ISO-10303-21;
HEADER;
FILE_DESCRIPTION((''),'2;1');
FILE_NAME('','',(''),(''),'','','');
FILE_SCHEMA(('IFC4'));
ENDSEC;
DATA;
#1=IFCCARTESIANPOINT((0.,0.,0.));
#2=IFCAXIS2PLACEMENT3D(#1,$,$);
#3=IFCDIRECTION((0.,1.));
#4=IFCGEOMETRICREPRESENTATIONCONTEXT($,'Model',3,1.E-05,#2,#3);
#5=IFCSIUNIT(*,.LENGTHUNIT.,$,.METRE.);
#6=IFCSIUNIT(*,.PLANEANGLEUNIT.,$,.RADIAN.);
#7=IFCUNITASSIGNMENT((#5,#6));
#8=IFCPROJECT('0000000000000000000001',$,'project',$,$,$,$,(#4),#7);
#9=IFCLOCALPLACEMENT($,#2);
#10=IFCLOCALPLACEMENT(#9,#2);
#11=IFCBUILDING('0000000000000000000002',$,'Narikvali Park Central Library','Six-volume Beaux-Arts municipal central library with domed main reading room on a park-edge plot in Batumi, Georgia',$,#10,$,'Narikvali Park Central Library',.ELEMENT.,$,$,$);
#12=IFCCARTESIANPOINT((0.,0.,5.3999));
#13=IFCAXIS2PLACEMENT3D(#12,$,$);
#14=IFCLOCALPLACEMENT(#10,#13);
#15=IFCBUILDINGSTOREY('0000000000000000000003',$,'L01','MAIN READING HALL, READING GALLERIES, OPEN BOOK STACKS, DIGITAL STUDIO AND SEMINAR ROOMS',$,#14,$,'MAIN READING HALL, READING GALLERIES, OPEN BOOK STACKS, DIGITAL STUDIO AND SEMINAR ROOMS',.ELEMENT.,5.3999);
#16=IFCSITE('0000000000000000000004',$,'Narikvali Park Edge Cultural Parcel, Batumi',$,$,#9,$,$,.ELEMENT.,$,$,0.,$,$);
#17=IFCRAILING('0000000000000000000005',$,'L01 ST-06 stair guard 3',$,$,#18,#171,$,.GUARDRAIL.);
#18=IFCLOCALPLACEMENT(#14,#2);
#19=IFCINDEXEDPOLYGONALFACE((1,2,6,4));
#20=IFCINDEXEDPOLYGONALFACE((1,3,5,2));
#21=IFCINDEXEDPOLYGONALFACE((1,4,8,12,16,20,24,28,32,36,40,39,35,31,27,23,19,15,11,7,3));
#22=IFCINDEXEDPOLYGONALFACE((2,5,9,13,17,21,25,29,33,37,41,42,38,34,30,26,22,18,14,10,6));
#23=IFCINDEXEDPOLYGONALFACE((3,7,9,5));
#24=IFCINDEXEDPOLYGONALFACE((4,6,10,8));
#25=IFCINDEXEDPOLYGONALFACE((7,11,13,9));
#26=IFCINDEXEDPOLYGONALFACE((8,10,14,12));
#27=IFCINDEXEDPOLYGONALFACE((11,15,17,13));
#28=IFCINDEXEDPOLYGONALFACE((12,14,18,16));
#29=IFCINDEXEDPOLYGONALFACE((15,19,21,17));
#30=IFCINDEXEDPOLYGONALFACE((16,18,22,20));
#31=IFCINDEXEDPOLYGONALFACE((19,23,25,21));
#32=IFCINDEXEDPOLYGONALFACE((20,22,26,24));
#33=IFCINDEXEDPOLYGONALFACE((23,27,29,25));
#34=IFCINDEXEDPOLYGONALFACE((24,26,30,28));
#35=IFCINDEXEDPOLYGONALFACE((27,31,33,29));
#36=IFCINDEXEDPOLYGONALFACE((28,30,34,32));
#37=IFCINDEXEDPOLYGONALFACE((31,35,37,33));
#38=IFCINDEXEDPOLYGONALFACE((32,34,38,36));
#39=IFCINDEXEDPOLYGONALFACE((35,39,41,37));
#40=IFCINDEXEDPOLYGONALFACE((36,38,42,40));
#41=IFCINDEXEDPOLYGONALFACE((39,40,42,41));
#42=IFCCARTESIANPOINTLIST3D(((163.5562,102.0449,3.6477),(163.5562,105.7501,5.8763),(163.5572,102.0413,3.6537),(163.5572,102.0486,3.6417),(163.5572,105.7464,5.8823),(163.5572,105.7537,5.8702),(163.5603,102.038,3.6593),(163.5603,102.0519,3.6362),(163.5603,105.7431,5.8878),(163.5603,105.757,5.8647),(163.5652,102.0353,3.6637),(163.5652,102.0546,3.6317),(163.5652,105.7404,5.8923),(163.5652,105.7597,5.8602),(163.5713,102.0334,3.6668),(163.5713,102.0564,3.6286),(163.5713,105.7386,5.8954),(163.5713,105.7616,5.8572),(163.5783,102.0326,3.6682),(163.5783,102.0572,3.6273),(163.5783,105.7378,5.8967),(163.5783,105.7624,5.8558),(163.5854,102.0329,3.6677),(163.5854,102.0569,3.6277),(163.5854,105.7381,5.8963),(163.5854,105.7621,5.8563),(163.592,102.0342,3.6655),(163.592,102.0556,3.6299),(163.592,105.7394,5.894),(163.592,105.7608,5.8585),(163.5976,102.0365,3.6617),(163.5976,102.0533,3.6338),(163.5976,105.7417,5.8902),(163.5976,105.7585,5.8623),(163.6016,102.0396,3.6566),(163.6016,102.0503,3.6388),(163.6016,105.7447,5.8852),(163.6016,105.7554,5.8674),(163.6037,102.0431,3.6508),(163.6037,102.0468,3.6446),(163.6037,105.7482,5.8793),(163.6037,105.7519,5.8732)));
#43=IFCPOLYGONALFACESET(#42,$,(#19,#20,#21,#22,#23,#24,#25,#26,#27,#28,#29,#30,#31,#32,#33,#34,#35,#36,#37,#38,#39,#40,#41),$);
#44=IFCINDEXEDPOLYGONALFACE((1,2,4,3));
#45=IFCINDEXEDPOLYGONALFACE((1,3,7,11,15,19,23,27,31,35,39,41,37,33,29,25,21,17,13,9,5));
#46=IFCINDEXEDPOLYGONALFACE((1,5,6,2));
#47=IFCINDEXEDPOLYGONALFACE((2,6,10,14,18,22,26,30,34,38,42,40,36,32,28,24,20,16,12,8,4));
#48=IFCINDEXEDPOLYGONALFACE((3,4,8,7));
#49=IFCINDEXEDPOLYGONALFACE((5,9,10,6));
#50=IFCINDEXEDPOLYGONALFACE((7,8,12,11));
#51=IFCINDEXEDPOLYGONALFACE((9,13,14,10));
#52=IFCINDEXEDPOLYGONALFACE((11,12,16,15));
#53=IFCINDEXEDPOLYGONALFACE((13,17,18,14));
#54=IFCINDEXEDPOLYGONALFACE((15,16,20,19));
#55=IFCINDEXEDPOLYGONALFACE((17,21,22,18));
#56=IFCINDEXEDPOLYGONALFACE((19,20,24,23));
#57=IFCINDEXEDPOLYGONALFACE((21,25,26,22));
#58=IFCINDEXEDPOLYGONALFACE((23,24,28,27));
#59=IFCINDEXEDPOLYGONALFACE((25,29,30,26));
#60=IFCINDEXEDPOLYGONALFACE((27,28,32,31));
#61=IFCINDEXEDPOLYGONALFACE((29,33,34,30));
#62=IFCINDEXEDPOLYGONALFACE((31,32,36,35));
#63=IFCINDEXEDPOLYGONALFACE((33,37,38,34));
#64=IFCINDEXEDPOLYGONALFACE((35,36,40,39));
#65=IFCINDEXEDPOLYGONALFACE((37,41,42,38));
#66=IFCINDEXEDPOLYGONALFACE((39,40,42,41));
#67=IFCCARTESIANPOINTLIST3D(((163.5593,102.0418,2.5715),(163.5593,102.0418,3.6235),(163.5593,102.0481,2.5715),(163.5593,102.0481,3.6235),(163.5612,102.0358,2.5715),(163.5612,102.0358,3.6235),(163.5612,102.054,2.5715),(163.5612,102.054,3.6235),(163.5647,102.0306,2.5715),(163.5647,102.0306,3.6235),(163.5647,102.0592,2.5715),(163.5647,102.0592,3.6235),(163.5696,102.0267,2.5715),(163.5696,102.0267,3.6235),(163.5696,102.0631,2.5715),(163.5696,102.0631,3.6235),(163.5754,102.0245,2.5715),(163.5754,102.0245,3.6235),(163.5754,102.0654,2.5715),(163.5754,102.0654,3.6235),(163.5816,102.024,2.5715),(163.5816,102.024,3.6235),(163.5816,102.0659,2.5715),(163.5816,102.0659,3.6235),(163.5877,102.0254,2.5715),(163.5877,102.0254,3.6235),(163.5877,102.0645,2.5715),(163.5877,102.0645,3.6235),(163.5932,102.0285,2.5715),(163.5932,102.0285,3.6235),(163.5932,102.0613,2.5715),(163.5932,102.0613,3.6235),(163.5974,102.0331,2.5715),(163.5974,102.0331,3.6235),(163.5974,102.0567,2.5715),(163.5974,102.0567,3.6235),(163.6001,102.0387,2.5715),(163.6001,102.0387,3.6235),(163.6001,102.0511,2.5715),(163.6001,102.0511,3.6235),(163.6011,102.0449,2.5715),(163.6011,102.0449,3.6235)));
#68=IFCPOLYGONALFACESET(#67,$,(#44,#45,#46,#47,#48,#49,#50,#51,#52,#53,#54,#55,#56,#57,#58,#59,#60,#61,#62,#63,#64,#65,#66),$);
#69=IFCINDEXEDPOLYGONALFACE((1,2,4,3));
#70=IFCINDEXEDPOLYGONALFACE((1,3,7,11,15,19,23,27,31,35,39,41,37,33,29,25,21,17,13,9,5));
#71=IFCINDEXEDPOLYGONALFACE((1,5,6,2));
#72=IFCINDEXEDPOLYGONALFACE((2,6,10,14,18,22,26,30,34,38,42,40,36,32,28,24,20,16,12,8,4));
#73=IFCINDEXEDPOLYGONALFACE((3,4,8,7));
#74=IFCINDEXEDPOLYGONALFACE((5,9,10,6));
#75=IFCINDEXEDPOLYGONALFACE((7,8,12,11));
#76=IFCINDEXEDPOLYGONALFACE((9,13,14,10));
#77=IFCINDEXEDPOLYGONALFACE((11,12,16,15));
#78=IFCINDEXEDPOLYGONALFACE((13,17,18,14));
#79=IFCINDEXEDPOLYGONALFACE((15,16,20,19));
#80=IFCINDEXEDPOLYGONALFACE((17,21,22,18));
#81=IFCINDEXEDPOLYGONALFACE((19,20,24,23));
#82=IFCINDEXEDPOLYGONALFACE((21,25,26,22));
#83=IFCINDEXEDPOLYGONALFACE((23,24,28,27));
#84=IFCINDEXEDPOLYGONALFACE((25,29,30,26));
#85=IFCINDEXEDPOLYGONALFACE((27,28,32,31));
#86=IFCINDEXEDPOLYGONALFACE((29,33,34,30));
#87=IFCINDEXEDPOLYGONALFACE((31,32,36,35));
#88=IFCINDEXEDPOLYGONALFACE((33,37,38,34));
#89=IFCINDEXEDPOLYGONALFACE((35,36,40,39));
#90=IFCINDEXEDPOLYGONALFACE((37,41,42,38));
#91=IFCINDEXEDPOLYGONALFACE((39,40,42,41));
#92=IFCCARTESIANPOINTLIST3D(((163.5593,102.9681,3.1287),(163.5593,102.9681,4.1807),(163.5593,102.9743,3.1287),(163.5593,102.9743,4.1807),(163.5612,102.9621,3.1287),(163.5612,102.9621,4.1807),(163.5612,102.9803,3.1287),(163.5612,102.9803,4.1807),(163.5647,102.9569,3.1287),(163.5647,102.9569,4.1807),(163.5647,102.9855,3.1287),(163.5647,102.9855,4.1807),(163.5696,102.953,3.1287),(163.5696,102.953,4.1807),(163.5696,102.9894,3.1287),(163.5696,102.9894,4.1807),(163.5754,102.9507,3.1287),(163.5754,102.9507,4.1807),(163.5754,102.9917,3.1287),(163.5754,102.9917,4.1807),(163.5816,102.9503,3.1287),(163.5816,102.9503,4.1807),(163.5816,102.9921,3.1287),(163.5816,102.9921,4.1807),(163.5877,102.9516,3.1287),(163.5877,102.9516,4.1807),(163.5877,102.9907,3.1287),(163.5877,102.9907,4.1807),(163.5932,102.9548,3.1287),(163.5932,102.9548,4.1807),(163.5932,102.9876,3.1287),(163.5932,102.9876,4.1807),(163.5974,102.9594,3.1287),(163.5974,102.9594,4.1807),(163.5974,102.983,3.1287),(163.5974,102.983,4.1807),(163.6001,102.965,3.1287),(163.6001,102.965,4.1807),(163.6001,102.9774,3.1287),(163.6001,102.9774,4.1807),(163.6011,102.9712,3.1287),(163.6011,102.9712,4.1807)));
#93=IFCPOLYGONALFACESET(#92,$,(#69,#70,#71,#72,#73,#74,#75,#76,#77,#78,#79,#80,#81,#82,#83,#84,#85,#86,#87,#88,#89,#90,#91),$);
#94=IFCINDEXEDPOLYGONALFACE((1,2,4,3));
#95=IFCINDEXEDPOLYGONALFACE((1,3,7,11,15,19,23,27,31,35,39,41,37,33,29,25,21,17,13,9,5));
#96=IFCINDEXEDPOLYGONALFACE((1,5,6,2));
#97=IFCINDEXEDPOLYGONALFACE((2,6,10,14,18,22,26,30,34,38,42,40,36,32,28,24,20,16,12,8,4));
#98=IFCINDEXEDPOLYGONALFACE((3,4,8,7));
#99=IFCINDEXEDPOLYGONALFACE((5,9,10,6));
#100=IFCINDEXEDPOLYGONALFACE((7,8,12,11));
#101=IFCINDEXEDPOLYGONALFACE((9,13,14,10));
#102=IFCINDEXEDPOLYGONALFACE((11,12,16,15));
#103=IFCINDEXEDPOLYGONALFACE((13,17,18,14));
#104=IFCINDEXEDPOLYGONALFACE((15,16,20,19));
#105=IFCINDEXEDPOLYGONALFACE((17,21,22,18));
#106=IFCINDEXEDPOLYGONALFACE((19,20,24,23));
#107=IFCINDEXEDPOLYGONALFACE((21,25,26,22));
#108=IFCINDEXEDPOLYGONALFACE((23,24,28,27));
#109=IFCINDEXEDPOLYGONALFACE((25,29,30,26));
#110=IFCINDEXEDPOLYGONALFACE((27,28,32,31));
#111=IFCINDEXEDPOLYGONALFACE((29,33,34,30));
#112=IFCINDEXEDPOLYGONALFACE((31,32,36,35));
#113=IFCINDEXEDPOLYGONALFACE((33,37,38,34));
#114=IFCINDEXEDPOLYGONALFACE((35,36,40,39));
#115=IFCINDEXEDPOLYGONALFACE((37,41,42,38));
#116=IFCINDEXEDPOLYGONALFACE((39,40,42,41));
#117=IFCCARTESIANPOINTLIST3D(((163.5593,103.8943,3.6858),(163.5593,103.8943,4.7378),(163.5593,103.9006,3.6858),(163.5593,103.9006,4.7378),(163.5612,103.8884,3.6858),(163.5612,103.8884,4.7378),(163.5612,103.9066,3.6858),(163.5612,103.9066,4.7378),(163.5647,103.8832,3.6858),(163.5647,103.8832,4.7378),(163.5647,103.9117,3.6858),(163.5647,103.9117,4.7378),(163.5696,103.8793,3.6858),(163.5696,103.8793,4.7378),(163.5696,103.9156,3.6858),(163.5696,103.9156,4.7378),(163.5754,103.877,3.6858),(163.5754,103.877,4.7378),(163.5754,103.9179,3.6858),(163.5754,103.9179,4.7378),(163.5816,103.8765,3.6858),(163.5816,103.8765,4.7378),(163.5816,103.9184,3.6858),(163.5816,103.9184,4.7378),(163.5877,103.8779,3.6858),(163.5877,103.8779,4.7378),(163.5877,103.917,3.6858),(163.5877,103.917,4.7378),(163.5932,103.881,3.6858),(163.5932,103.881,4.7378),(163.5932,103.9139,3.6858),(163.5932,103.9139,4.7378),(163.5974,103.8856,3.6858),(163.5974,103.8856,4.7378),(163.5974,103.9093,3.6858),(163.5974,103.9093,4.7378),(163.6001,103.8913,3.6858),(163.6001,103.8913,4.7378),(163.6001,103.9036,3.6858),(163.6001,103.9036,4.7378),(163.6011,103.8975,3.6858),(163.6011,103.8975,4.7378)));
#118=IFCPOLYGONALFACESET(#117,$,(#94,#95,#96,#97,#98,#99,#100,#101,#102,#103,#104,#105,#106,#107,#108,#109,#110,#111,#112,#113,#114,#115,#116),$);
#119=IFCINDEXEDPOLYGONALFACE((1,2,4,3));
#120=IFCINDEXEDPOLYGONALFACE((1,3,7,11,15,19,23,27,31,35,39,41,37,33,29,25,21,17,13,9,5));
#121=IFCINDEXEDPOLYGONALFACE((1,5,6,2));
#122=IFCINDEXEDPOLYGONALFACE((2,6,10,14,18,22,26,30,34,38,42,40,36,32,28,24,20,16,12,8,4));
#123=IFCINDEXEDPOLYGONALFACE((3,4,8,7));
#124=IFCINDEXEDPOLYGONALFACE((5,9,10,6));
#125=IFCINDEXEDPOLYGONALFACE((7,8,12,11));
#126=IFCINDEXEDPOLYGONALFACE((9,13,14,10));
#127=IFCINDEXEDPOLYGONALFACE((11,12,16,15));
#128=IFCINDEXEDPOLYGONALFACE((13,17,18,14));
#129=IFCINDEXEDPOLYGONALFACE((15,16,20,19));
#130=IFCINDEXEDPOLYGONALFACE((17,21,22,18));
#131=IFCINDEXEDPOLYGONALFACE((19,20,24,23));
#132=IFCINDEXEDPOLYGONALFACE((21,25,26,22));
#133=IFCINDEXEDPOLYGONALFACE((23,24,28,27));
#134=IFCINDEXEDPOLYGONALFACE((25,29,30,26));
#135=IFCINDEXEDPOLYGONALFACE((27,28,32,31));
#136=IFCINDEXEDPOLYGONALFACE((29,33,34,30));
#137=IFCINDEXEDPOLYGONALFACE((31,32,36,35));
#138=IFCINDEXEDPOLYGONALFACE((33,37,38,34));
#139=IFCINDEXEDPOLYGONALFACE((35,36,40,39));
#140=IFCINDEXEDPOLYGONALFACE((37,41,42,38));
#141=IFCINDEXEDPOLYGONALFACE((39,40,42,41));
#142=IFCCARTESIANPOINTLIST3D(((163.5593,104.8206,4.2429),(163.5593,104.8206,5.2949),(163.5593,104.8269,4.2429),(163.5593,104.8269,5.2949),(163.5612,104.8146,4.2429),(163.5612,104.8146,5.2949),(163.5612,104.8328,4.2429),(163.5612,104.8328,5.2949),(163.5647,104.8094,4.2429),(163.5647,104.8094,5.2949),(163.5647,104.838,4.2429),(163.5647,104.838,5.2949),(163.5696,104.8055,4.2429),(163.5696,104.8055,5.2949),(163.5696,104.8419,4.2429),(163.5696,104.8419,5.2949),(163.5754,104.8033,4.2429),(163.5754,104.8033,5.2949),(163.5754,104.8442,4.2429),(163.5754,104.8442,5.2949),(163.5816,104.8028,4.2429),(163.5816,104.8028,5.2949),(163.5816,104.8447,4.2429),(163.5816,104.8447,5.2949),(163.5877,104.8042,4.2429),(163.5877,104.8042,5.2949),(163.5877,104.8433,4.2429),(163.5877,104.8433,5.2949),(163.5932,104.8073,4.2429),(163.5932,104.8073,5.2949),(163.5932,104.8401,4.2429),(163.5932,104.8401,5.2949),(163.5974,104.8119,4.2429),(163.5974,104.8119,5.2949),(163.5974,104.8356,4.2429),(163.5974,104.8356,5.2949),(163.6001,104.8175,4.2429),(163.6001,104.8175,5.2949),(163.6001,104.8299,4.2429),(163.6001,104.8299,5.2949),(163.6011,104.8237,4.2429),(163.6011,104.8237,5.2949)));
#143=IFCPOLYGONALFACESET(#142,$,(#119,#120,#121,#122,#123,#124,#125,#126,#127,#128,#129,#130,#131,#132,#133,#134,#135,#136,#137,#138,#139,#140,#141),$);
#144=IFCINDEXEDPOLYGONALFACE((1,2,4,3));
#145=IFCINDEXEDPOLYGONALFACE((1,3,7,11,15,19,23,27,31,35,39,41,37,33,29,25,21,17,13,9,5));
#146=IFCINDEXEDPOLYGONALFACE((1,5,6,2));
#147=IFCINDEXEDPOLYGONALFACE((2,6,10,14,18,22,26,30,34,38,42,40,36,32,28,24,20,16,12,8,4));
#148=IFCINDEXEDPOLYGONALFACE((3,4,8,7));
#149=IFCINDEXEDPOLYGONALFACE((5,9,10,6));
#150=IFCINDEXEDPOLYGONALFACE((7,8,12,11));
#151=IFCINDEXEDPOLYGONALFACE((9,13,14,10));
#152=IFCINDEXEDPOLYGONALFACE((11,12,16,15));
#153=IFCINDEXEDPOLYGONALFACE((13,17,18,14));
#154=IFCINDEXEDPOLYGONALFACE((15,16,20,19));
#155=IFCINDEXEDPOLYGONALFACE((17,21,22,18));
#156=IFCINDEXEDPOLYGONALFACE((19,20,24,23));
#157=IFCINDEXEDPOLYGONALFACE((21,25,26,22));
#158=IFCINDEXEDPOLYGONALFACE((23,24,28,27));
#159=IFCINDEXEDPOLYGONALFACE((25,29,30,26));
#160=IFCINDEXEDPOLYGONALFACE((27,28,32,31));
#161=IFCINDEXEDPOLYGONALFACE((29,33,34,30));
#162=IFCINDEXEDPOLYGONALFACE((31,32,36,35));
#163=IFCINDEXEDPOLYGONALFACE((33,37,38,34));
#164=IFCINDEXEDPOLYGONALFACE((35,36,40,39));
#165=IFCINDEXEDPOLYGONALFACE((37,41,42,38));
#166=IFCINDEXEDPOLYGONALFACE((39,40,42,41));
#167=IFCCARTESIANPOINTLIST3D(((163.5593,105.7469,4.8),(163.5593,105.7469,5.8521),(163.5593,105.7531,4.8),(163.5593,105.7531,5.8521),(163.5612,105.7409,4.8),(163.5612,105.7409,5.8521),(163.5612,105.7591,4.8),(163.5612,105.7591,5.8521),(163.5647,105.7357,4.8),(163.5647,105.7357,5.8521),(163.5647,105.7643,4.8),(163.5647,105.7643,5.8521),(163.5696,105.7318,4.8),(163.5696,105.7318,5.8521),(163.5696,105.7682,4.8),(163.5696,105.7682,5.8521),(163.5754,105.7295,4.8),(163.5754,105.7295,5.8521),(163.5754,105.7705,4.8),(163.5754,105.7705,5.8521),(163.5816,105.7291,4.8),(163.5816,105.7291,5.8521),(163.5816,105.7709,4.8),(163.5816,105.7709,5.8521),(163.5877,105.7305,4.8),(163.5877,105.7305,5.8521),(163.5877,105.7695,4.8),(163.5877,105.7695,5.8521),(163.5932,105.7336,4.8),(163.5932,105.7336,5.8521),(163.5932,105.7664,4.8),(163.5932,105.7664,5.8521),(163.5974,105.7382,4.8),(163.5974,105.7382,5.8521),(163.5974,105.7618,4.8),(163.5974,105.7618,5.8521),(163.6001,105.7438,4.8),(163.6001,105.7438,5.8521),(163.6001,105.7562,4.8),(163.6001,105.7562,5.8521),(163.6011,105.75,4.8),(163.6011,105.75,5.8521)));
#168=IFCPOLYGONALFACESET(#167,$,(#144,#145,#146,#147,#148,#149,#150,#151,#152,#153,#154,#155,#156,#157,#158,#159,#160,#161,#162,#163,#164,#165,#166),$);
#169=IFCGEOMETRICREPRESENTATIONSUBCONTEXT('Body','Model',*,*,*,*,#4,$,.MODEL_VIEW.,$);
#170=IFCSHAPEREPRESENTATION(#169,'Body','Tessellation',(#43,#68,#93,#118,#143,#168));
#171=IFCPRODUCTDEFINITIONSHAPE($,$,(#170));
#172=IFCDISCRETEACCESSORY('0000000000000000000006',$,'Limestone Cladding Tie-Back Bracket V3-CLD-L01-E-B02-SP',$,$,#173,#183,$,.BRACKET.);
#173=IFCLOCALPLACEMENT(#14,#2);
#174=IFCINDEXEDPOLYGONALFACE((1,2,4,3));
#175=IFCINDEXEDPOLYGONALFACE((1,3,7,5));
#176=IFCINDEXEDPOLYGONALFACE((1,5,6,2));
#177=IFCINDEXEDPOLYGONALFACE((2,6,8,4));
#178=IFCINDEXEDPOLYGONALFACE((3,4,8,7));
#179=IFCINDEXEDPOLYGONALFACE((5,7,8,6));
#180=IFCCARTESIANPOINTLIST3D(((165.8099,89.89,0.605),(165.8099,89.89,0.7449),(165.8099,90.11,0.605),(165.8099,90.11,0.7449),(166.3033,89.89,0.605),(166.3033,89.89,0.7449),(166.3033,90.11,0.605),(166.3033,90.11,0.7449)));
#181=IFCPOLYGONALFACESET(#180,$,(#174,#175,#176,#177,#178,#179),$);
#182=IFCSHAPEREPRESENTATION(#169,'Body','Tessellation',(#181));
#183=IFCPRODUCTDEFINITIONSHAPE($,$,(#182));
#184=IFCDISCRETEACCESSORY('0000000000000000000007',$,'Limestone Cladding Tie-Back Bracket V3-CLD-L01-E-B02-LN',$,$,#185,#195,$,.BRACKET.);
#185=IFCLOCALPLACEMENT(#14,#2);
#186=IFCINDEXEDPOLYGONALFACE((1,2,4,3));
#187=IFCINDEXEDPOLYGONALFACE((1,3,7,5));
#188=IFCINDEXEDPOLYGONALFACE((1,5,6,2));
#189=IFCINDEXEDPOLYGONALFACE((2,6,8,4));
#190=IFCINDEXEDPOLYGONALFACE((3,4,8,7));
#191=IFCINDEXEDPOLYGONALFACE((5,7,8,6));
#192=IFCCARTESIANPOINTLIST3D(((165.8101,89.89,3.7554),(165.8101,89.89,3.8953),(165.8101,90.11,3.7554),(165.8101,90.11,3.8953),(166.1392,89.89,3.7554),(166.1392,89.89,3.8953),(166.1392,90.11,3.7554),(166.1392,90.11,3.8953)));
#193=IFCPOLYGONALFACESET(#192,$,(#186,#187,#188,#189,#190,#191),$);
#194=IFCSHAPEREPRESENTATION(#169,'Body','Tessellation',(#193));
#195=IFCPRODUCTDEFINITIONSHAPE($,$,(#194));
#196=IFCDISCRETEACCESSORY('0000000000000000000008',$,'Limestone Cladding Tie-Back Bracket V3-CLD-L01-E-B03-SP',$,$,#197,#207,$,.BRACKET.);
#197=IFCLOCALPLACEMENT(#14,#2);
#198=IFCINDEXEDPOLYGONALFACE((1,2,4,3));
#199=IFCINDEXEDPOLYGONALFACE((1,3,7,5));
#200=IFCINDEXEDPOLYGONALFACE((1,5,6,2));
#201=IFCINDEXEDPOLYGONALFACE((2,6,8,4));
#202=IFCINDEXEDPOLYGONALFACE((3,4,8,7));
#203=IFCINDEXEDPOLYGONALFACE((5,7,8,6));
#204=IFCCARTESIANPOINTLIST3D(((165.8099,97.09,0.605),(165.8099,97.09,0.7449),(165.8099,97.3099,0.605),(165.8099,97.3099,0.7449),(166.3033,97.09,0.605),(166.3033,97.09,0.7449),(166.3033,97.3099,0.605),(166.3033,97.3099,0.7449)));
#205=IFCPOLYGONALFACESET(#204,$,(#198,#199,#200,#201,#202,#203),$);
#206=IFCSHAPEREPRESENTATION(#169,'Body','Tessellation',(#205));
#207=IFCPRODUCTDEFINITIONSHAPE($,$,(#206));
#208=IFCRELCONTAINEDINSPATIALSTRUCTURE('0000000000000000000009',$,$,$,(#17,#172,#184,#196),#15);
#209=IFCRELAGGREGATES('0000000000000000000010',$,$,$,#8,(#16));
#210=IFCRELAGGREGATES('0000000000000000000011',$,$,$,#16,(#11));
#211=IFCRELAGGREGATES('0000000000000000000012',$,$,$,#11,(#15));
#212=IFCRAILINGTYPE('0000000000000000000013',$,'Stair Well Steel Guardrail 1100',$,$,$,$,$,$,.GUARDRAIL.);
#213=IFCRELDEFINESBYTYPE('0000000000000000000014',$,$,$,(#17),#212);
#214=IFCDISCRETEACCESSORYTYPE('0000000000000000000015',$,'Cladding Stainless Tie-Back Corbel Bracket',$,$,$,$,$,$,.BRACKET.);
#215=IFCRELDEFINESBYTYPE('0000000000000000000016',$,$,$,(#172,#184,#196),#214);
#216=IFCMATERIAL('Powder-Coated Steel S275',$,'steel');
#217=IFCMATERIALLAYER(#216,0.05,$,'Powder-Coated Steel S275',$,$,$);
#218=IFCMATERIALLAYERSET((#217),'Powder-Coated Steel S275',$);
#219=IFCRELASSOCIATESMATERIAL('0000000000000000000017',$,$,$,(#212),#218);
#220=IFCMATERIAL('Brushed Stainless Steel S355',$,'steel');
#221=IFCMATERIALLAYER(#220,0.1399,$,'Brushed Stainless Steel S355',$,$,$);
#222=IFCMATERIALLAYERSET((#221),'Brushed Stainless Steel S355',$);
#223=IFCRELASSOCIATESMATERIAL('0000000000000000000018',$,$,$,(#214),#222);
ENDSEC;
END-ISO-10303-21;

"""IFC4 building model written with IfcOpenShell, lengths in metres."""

from ifc_helpers import new_model, si_unit, direction, frame, origin, origin_2d, place, context, subcontext, project, spatial, rectangle, circle, extrude, material, layer, layer_set, type_object, element, save


model = new_model("IFC4")

# Units and contexts
model_context = context("Model", 3, precision=1e-05, world=origin(), true_north=direction((0.0, 1.0)))
body_context = subcontext(model_context, "Body", "Model", "MODEL_VIEW")
ifc_project = project(units=[si_unit("LENGTHUNIT", "METRE"), si_unit("PLANEANGLEUNIT", "RADIAN")], contexts=[model_context])

# Site, building, storey
site_placement = place(None, origin())
site = spatial("IfcSite", under=ifc_project, at=site_placement, Name="Narikvali Park Edge Cultural Parcel, Batumi", CompositionType="ELEMENT", RefElevation=0.0)
building_placement = place(site_placement, origin())
building = spatial("IfcBuilding", under=site, at=building_placement, Name="Narikvali Park Central Library", Description="Six-volume Beaux-Arts municipal central library with domed main reading room on a park-edge plot in Batumi, Georgia", LongName="Narikvali Park Central Library", CompositionType="ELEMENT")
storey_placement = place(building_placement, frame((0.0, 0.0, 5.3999)))
storey = spatial("IfcBuildingStorey", under=building, at=storey_placement, Name="L01", Description="MAIN READING HALL, READING GALLERIES, OPEN BOOK STACKS, DIGITAL STUDIO AND SEMINAR ROOMS", LongName="MAIN READING HALL, READING GALLERIES, OPEN BOOK STACKS, DIGITAL STUDIO AND SEMINAR ROOMS", CompositionType="ELEMENT", Elevation=5.3999)

# Railing
ifc_material_1 = material(Name="Brushed Stainless Steel S355", Category="steel")
ifc_material_2 = material(Name="Powder-Coated Steel S275", Category="steel")
ifc_layer_1 = layer(ifc_material_2, 0.05, Name="Powder-Coated Steel S275")
ifc_layer_set_1 = layer_set([ifc_layer_1], Name="Powder-Coated Steel S275")
railing_type_1 = type_object("IfcRailingType", Name="Stair Well Steel Guardrail 1100", PredefinedType="GUARDRAIL", material=ifc_layer_set_1)
railing_1_placement = place(storey_placement, frame((163.5801, 102.0449, 2.5715)))
element("IfcRailing", 1, at=railing_1_placement, inside=storey, type_object=railing_type_1, Name="L01 ST-06 stair guard 3", PredefinedType="GUARDRAIL", context=body_context, shape_type="SweptSolid", body=[
    extrude(circle(Radius=0.0239, at=origin_2d()), frame((0.0, 0.0, 1.0762), z_axis=(0.0, 0.856934, 0.515425), x_axis=(-1.0, 0.0, 0.0)), (0.0, 0.0, 1.0), 4.3237),
    extrude(circle(Radius=0.021, at=origin_2d()), origin(), (0.0, 0.0, 1.0), 1.052),
    extrude(circle(Radius=0.021, at=origin_2d()), frame((0.0, 0.9263, 0.5571)), (0.0, 0.0, 1.0), 1.052),
    extrude(circle(Radius=0.021, at=origin_2d()), frame((0.0, 1.8525, 1.1143)), (0.0, 0.0, 1.0), 1.052),
    extrude(circle(Radius=0.021, at=origin_2d()), frame((0.0, 2.7788, 1.6714)), (0.0, 0.0, 1.0), 1.052),
    extrude(circle(Radius=0.021, at=origin_2d()), frame((0.0, 3.7051, 2.2285)), (0.0, 0.0, 1.0), 1.052),
])

# Discrete accessories
ifc_layer_2 = layer(ifc_material_1, 0.1399, Name="Brushed Stainless Steel S355")
ifc_layer_set_2 = layer_set([ifc_layer_2], Name="Brushed Stainless Steel S355")
discrete_accessory_type = type_object("IfcDiscreteAccessoryType", Name="Cladding Stainless Tie-Back Corbel Bracket", PredefinedType="BRACKET", material=ifc_layer_set_2)
discrete_accessory_1_placement = place(storey_placement, frame((166.0566, 90.0, 0.605), z_axis=(0.0, 0.0, 1.0), x_axis=(1.0, 0.0, 0.0)))
element("IfcDiscreteAccessory", 2, at=discrete_accessory_1_placement, inside=storey, type_object=discrete_accessory_type, Name="Limestone Cladding Tie-Back Bracket V3-CLD-L01-E-B02-SP", PredefinedType="BRACKET", context=body_context, shape_type="SweptSolid", body=[
    extrude(rectangle(XDim=0.4934, YDim=0.22, at=origin_2d()), origin(), (0.0, 0.0, 1.0), 0.1399),
])
discrete_accessory_2_placement = place(storey_placement, frame((165.9746, 90.0, 3.7554), z_axis=(0.0, 0.0, 1.0), x_axis=(1.0, 0.0, 0.0)))
element("IfcDiscreteAccessory", 3, at=discrete_accessory_2_placement, inside=storey, type_object=discrete_accessory_type, Name="Limestone Cladding Tie-Back Bracket V3-CLD-L01-E-B02-LN", PredefinedType="BRACKET", context=body_context, shape_type="SweptSolid", body=[
    extrude(rectangle(XDim=0.3291, YDim=0.22, at=origin_2d()), origin(), (0.0, 0.0, 1.0), 0.1399),
])
discrete_accessory_3_placement = place(storey_placement, frame((166.0566, 97.2, 0.605), z_axis=(0.0, 0.0, 1.0), x_axis=(1.0, 0.0, 0.0)))
element("IfcDiscreteAccessory", 4, at=discrete_accessory_3_placement, inside=storey, type_object=discrete_accessory_type, Name="Limestone Cladding Tie-Back Bracket V3-CLD-L01-E-B03-SP", PredefinedType="BRACKET", context=body_context, shape_type="SweptSolid", body=[
    extrude(rectangle(XDim=0.4934, YDim=0.22, at=origin_2d()), origin(), (0.0, 0.0, 1.0), 0.1399),
])

save(model, "model.ifc")
